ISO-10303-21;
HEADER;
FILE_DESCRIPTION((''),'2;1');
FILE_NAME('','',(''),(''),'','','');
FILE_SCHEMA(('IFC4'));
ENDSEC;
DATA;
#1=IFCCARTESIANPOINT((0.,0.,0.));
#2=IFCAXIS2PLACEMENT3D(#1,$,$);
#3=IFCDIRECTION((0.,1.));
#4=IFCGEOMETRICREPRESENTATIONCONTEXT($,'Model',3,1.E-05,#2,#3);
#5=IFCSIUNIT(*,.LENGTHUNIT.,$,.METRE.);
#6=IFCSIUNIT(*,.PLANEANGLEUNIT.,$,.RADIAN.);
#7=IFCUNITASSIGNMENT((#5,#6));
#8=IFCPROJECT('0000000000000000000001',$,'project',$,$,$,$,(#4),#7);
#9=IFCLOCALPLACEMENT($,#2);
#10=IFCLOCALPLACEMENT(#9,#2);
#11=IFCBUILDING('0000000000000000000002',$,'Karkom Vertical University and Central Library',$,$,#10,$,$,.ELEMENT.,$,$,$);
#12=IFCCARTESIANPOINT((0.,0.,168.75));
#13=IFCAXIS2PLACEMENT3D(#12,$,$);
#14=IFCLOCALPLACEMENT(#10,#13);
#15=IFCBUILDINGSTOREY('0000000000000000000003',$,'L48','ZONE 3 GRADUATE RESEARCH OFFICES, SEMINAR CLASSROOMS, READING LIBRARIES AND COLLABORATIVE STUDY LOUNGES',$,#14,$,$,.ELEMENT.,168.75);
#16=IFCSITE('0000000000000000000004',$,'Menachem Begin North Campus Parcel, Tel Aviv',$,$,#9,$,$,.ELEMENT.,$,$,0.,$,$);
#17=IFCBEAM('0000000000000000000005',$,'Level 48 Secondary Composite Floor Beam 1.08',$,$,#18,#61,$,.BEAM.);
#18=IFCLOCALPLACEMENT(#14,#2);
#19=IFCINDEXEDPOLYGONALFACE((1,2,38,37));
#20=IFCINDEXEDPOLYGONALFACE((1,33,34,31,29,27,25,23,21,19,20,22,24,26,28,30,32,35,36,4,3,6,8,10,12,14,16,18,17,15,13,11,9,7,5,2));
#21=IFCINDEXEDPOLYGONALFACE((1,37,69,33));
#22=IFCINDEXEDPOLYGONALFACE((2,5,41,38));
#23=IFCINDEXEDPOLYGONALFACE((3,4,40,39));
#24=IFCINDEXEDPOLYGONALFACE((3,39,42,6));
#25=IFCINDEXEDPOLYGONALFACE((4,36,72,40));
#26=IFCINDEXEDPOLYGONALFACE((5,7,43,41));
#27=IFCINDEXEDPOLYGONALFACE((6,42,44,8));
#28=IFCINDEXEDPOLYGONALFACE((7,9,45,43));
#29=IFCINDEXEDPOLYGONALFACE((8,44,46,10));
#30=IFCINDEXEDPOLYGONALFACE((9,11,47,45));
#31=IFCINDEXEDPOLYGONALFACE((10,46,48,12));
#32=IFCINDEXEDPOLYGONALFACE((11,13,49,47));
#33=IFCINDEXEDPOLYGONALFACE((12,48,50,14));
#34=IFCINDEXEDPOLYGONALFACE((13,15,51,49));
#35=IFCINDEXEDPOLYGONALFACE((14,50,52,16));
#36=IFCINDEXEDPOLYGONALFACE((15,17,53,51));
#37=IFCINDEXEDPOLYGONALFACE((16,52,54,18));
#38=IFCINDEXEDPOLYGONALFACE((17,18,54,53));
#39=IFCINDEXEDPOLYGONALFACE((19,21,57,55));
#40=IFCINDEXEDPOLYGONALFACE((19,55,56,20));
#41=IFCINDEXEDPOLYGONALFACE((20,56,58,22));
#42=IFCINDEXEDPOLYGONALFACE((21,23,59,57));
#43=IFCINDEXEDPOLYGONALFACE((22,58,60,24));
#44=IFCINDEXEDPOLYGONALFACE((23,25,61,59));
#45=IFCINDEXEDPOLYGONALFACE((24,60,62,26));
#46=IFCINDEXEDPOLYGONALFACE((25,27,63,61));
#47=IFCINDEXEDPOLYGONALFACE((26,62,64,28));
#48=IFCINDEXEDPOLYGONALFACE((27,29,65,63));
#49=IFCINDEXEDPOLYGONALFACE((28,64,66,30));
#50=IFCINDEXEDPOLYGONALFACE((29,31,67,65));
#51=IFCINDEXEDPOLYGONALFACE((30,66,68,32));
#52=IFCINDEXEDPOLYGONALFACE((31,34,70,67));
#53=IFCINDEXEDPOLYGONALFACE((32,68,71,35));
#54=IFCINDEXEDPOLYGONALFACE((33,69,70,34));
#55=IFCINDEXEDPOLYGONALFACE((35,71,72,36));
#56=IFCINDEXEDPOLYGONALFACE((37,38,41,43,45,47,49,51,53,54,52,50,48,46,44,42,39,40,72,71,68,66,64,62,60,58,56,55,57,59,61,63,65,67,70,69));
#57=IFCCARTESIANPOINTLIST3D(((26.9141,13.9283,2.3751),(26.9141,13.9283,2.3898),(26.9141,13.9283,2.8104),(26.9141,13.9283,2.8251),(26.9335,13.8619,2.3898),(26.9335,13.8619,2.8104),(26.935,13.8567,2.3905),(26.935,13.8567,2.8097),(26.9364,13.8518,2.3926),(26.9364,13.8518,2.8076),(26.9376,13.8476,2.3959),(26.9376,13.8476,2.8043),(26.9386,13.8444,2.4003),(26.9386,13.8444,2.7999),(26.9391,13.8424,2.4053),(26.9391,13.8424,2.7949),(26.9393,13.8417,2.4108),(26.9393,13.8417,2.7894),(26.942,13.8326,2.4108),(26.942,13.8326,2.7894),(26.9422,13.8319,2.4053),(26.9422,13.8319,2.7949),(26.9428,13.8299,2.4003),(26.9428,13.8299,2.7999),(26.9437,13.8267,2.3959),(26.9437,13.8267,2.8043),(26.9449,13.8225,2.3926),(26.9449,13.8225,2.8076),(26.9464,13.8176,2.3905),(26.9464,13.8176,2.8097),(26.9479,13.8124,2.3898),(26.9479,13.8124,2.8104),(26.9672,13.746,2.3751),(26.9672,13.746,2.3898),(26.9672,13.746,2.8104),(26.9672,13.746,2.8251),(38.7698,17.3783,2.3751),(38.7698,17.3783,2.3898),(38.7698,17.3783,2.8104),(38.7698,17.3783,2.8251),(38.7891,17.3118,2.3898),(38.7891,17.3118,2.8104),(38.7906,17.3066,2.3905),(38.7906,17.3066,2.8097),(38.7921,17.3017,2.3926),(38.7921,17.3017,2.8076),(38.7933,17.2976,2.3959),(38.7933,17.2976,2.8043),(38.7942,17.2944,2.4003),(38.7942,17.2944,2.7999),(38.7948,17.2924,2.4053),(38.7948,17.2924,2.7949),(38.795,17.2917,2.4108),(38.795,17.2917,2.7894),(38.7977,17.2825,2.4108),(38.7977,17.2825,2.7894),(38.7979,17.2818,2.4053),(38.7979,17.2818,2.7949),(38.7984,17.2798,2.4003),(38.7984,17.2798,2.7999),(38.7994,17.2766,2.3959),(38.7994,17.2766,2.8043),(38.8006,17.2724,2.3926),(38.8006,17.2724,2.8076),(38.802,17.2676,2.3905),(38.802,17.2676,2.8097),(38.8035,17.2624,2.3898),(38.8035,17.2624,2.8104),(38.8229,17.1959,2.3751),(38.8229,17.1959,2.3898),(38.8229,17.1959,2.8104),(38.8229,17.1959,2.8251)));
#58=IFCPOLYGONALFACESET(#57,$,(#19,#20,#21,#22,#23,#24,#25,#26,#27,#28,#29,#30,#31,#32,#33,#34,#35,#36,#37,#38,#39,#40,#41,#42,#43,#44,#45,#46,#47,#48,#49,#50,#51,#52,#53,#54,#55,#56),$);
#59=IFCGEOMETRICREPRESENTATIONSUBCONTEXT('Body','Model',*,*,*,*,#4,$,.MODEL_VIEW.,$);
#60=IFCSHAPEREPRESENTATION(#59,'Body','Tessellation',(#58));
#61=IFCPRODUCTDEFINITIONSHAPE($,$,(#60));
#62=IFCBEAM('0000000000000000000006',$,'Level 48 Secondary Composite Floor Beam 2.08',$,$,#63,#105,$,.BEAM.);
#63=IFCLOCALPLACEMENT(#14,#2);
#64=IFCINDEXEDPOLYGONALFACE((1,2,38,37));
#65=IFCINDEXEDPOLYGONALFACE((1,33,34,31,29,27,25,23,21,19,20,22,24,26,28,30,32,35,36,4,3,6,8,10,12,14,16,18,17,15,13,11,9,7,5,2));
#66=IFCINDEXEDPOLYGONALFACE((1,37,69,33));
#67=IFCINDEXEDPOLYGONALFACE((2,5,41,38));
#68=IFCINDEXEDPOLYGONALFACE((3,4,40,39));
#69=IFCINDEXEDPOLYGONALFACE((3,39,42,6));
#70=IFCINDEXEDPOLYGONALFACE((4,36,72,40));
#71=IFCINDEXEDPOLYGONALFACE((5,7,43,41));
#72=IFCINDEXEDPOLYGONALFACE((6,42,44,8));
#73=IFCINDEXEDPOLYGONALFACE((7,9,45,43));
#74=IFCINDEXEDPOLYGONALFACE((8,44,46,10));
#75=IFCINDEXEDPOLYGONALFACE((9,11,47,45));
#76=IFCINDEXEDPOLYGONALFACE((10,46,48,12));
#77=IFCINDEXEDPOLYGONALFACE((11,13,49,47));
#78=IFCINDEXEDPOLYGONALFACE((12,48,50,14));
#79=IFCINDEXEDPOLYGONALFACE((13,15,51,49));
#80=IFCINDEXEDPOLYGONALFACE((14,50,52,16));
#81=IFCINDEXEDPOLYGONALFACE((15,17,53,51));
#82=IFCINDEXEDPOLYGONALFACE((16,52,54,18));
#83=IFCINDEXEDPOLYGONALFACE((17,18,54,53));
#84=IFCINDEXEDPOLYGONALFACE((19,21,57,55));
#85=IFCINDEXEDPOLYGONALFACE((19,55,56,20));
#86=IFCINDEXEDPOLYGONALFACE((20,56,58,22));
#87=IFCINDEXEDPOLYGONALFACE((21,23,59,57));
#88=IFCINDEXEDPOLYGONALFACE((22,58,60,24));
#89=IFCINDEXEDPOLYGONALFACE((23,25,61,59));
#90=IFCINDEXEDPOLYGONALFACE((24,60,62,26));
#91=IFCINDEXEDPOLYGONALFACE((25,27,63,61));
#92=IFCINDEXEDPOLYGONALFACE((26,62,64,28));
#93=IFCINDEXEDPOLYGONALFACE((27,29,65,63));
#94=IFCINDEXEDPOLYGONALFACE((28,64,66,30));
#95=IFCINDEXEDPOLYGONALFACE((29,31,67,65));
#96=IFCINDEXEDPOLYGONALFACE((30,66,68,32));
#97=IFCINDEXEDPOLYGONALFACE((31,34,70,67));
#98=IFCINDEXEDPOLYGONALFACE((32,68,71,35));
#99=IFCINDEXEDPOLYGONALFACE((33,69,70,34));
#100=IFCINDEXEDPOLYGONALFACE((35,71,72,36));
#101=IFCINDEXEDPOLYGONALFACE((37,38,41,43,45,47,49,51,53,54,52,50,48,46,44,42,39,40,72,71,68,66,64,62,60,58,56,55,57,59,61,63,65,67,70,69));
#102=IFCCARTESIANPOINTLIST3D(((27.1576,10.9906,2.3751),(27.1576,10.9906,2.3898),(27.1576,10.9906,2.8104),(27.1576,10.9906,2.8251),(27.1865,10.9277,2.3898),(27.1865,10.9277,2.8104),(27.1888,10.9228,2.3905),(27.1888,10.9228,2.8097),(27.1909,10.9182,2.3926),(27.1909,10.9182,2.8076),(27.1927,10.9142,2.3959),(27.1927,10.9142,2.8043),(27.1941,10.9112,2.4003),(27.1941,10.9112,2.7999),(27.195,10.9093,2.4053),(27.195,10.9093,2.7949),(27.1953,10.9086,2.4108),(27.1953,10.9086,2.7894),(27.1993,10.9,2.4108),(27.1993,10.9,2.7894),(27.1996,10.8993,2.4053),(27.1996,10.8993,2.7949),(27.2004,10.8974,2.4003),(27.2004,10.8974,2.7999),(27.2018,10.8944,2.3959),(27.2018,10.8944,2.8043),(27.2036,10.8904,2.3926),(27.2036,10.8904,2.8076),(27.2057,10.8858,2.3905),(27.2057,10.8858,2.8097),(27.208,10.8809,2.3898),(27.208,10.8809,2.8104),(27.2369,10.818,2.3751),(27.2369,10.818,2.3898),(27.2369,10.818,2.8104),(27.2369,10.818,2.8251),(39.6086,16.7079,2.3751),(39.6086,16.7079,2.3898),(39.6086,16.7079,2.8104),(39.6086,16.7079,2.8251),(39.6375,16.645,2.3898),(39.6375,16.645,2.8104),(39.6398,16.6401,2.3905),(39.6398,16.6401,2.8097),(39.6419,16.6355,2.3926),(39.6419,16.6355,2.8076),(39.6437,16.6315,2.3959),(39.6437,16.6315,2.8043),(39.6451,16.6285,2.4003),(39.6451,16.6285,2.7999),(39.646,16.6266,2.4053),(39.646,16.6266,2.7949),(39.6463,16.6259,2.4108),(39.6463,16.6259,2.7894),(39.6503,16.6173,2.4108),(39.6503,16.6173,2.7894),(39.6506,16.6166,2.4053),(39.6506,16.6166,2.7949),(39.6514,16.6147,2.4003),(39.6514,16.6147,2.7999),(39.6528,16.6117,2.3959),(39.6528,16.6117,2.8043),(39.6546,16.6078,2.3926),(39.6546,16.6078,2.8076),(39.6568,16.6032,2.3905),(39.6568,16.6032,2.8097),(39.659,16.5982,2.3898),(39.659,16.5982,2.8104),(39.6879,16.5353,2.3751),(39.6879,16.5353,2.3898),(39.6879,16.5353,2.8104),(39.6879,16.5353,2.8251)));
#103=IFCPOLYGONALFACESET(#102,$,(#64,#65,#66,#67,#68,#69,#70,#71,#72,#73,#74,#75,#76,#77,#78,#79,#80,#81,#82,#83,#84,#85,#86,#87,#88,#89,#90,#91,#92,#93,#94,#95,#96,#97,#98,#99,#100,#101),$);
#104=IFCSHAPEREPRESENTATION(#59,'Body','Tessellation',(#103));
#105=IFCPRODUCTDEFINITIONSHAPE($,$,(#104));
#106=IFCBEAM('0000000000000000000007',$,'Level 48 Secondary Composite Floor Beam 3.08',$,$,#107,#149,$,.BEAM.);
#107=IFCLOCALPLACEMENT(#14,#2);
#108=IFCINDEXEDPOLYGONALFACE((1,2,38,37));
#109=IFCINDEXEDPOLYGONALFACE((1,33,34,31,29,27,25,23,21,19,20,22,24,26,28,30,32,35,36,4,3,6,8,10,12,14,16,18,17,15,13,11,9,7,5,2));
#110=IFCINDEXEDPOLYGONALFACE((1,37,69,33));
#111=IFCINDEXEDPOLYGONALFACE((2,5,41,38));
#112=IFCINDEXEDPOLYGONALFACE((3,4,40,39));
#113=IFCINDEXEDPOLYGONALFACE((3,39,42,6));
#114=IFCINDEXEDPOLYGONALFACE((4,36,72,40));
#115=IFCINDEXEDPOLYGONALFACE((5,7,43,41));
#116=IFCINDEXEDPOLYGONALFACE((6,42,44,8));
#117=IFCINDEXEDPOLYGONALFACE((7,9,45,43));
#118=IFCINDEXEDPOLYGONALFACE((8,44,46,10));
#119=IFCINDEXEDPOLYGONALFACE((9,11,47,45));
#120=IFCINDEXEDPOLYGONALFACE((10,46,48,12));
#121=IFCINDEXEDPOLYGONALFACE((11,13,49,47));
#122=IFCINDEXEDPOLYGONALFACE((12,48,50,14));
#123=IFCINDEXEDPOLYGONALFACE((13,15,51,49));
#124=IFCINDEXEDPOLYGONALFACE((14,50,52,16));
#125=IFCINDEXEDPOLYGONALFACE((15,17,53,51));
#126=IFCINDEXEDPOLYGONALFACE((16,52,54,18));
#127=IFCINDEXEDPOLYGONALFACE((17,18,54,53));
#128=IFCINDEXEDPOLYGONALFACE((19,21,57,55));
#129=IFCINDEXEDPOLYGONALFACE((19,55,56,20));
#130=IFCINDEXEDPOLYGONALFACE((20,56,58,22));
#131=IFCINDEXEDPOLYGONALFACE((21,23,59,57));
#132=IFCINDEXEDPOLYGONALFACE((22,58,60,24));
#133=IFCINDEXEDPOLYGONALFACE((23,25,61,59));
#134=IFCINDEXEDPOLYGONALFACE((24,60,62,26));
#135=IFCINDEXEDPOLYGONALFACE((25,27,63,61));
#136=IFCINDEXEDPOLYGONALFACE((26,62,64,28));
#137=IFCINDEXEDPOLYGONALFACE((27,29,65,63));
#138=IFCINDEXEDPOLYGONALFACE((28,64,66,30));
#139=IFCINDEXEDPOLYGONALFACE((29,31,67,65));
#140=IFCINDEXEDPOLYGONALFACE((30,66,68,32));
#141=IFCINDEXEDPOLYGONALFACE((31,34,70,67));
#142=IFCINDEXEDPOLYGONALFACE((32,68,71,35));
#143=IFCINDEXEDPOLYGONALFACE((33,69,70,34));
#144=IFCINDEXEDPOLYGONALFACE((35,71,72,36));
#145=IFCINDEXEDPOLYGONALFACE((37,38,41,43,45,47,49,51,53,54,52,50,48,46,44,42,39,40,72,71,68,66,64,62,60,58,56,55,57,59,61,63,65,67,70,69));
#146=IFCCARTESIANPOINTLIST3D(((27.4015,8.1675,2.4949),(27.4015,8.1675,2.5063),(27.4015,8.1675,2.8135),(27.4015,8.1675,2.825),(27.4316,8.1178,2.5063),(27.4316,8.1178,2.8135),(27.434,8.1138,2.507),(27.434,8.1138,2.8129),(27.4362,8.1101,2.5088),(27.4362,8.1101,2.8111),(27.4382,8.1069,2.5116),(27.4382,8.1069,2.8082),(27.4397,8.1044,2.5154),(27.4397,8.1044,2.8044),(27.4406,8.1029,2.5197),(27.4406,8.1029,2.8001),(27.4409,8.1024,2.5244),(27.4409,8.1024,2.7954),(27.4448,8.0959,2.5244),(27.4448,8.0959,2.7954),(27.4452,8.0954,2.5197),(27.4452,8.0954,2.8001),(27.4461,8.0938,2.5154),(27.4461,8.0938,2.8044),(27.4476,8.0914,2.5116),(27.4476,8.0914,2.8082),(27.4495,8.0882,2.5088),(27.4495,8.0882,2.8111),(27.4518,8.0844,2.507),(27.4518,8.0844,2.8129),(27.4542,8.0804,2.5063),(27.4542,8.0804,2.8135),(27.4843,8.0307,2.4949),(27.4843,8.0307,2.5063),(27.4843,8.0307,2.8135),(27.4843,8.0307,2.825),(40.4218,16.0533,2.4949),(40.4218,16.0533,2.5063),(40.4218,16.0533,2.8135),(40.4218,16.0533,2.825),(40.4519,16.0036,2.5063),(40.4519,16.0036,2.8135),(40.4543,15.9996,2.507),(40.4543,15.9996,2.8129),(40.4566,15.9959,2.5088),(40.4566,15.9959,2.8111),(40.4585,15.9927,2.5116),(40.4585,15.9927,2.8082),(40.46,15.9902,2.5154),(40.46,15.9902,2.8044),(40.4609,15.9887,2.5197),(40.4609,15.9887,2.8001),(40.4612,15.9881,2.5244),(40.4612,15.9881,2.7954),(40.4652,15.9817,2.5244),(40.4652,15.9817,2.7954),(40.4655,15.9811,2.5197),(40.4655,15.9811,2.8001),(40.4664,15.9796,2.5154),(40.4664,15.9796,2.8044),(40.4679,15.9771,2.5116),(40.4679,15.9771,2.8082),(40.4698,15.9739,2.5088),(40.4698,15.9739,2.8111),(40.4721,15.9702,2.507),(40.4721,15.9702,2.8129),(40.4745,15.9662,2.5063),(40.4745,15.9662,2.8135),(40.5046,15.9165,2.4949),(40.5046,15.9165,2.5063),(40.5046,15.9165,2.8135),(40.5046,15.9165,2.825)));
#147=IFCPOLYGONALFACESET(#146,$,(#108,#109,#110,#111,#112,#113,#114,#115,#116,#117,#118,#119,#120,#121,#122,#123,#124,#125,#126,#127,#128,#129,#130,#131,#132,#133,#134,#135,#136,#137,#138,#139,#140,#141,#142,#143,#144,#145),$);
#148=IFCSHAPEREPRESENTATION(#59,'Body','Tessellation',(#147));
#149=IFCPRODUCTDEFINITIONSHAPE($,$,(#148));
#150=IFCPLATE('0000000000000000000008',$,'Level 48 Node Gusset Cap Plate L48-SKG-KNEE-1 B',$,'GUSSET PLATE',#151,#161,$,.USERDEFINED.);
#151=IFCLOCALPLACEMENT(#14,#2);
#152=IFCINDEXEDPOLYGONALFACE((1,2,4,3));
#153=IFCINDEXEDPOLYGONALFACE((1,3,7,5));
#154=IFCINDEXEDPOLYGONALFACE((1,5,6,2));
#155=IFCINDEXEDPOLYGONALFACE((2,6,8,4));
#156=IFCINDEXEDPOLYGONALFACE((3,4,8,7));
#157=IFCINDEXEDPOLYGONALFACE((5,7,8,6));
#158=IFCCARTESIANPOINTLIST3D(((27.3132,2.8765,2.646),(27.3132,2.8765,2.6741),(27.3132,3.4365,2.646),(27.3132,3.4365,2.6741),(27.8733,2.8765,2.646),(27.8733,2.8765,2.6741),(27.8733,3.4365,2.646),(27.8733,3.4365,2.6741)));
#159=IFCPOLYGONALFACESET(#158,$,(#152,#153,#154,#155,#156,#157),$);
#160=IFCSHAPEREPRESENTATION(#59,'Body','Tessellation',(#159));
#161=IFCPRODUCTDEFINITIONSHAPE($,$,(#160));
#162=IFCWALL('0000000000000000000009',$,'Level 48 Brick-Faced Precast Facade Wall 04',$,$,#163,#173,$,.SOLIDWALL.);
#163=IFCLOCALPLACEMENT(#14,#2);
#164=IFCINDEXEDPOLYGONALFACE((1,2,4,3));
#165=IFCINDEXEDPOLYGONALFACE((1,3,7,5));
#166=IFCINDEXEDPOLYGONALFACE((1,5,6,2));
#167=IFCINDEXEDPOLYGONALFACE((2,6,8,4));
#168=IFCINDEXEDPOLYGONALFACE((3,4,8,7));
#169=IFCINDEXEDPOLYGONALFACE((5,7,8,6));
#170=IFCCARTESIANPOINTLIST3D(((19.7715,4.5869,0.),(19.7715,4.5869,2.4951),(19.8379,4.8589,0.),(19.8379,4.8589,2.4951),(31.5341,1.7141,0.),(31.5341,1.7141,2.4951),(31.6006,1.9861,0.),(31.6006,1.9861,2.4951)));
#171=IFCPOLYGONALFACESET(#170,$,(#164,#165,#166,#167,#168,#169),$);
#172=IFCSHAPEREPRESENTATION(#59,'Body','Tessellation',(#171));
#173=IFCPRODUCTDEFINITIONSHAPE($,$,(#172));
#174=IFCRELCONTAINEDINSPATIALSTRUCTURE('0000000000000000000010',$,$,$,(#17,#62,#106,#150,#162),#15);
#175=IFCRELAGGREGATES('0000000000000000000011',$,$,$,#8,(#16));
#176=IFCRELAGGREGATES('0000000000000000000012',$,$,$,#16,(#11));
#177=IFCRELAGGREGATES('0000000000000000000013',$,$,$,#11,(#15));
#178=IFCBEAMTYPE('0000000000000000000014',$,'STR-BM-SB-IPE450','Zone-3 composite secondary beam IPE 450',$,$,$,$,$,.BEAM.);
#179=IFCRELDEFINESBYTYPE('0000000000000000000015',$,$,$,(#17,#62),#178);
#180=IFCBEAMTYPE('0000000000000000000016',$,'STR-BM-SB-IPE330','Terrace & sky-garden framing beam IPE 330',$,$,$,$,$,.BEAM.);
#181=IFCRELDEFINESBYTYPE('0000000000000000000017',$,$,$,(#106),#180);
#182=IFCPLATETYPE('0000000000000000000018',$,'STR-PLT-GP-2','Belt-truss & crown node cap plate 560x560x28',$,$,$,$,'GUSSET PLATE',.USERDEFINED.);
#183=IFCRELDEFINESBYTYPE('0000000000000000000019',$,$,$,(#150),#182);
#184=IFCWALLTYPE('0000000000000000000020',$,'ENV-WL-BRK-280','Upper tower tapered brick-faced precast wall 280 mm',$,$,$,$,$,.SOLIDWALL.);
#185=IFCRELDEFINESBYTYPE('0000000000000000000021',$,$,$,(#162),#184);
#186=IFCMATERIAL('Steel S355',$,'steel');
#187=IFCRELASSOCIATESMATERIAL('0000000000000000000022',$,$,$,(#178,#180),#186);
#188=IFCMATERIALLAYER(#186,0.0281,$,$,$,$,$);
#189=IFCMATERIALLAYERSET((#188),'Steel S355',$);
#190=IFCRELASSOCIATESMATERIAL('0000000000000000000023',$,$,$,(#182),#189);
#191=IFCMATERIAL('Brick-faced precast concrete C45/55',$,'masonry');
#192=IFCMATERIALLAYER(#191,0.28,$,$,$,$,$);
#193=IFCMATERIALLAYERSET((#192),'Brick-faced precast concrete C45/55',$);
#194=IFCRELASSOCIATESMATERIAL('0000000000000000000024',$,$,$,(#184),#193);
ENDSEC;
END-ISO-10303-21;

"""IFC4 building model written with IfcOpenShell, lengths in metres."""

from ifc_helpers import new_model, si_unit, direction, frame, frame_2d, origin, origin_with_axes, origin_2d, place, context, subcontext, project, spatial, rectangle, i_section, extrude, source, transform, mapped, material, layer, layer_set, material_profile, profile_set, type_object, element, save


model = new_model("IFC4")

# Units and contexts
model_context = context("Model", 3, precision=1e-05, world=origin(), true_north=direction((0.0, 1.0)))
body_context = subcontext(model_context, "Body", "Model", "MODEL_VIEW")
ifc_project = project(units=[si_unit("LENGTHUNIT", "METRE"), si_unit("PLANEANGLEUNIT", "RADIAN")], contexts=[model_context])

# Site, building, storey
site_placement = place(None, origin())
site = spatial("IfcSite", under=ifc_project, at=site_placement, Name="Menachem Begin North Campus Parcel, Tel Aviv", CompositionType="ELEMENT", RefElevation=0.0)
building_placement = place(site_placement, origin())
building = spatial("IfcBuilding", under=site, at=building_placement, Name="Karkom Vertical University and Central Library", CompositionType="ELEMENT")
storey_placement = place(building_placement, frame((0.0, 0.0, 168.75)))
storey = spatial("IfcBuildingStorey", under=building, at=storey_placement, Name="L48", Description="ZONE 3 GRADUATE RESEARCH OFFICES, SEMINAR CLASSROOMS, READING LIBRARIES AND COLLABORATIVE STUDY LOUNGES", CompositionType="ELEMENT", Elevation=168.75)

# Beams
ifc_material_1 = material(Name="Steel S355", Category="steel")
ifc_material_profile_1 = material_profile(ifc_material_1, i_section(OverallWidth=0.1899, OverallDepth=0.45, WebThickness=0.0095, FlangeThickness=0.0146, FilletRadius=0.021, at=origin_2d()), Name="IPE 450")
ifc_profile_set_1 = profile_set([ifc_material_profile_1], Name="Steel S355")
beam_type_1 = type_object("IfcBeamType", Name="STR-BM-SB-IPE450", Description="Zone-3 composite secondary beam IPE 450", PredefinedType="BEAM", material=ifc_profile_set_1)
shared_shape_1 = source(origin_with_axes(), body_context, "Body", "SweptSolid", [
    extrude(i_section(OverallWidth=0.1899, OverallDepth=0.45, WebThickness=0.0095, FlangeThickness=0.0146, FilletRadius=0.021, at=origin_2d()), origin(), (0.0, 0.0, 1.0), 12.3474),
])
beam_1_placement = place(storey_placement, frame((26.9407, 13.8372, 2.6001), z_axis=(0.960173, 0.279405, 0.0), x_axis=(-0.279405, 0.960173, 0.0)))
element("IfcBeam", 1, at=beam_1_placement, inside=storey, type_object=beam_type_1, Name="Level 48 Secondary Composite Floor Beam 1.08", PredefinedType="BEAM", context=body_context, shape_type="MappedRepresentation", body=[
    mapped(shared_shape_1, transform((0.0, 0.0, 0.0), scale=1.0)),
])
shared_shape_2 = source(origin_with_axes(), body_context, "Body", "SweptSolid", [
    extrude(i_section(OverallWidth=0.1899, OverallDepth=0.45, WebThickness=0.0095, FlangeThickness=0.0146, FilletRadius=0.021, at=origin_2d()), origin(), (0.0, 0.0, 1.0), 13.7009),
])
beam_2_placement = place(storey_placement, frame((27.1973, 10.9043, 2.6001), z_axis=(0.908771, 0.417295, 0.0), x_axis=(-0.417295, 0.908771, 0.0)))
element("IfcBeam", 2, at=beam_2_placement, inside=storey, type_object=beam_type_1, Name="Level 48 Secondary Composite Floor Beam 2.08", PredefinedType="BEAM", context=body_context, shape_type="MappedRepresentation", body=[
    mapped(shared_shape_2, transform((0.0, 0.0, 0.0), scale=1.0)),
])
ifc_material_profile_2 = material_profile(ifc_material_1, i_section(OverallWidth=0.1599, OverallDepth=0.3301, WebThickness=0.0076, FlangeThickness=0.0115, FilletRadius=0.0181, at=origin_2d()), Name="IPE 330")
ifc_profile_set_2 = profile_set([ifc_material_profile_2], Name="Steel S355")
beam_type_2 = type_object("IfcBeamType", Name="STR-BM-SB-IPE330", Description="Terrace & sky-garden framing beam IPE 330", PredefinedType="BEAM", material=ifc_profile_set_2)
shared_shape_3 = source(origin_with_axes(), body_context, "Body", "SweptSolid", [
    extrude(i_section(OverallWidth=0.1599, OverallDepth=0.3301, WebThickness=0.0076, FlangeThickness=0.0115, FilletRadius=0.0181, at=origin_2d()), origin(), (0.0, 0.0, 1.0), 15.2222),
])
beam_3_placement = place(storey_placement, frame((27.4429, 8.0991, 2.6599), z_axis=(0.855353, 0.518046, 0.0), x_axis=(-0.518046, 0.855353, 0.0)))
element("IfcBeam", 3, at=beam_3_placement, inside=storey, type_object=beam_type_2, Name="Level 48 Secondary Composite Floor Beam 3.08", PredefinedType="BEAM", context=body_context, shape_type="MappedRepresentation", body=[
    mapped(shared_shape_3, transform((0.0, 0.0, 0.0), scale=1.0)),
])

# Plate
ifc_layer_1 = layer(ifc_material_1, 0.0281)
ifc_layer_set_1 = layer_set([ifc_layer_1], Name="Steel S355")
plate_type = type_object("IfcPlateType", Name="STR-PLT-GP-2", Description="Belt-truss & crown node cap plate 560x560x28", ElementType="GUSSET PLATE", PredefinedType="USERDEFINED", material=ifc_layer_set_1)
shared_shape_4 = source(origin_with_axes(), body_context, "Body", "SweptSolid", [
    extrude(rectangle(XDim=0.5601, YDim=0.5601, at=origin_2d()), origin(), (0.0, 0.0, 1.0), 0.0281),
])
plate_placement = place(storey_placement, frame((27.5933, 3.1565, 2.646), z_axis=(0.0, 0.0, 1.0), x_axis=(1.0, 0.0, 0.0)))
element("IfcPlate", 4, at=plate_placement, inside=storey, type_object=plate_type, Name="Level 48 Node Gusset Cap Plate L48-SKG-KNEE-1 B", ObjectType="GUSSET PLATE", PredefinedType="USERDEFINED", context=body_context, shape_type="MappedRepresentation", body=[
    mapped(shared_shape_4, transform((0.0, 0.0, 0.0), scale=1.0)),
])

# Wall
ifc_material_2 = material(Name="Brick-faced precast concrete C45/55", Category="masonry")
ifc_layer_2 = layer(ifc_material_2, 0.28)
ifc_layer_set_2 = layer_set([ifc_layer_2], Name="Brick-faced precast concrete C45/55")
wall_type_1 = type_object("IfcWallType", Name="ENV-WL-BRK-280", Description="Upper tower tapered brick-faced precast wall 280 mm", PredefinedType="SOLIDWALL", material=ifc_layer_set_2)
wall_1_placement = place(storey_placement, frame((19.8047, 4.7229, 0.0), z_axis=(0.0, 0.0, 1.0), x_axis=(0.971447, -0.237256, 0.0)))
element("IfcWall", 5, at=wall_1_placement, inside=storey, type_object=wall_type_1, Name="Level 48 Brick-Faced Precast Facade Wall 04", PredefinedType="SOLIDWALL", context=body_context, shape_type="SweptSolid", body=[
    extrude(rectangle(XDim=12.1084, YDim=0.28, at=frame_2d((6.0542, 0.0))), origin(), (0.0, 0.0, 1.0), 2.4951),
])

save(model, "model.ifc")
